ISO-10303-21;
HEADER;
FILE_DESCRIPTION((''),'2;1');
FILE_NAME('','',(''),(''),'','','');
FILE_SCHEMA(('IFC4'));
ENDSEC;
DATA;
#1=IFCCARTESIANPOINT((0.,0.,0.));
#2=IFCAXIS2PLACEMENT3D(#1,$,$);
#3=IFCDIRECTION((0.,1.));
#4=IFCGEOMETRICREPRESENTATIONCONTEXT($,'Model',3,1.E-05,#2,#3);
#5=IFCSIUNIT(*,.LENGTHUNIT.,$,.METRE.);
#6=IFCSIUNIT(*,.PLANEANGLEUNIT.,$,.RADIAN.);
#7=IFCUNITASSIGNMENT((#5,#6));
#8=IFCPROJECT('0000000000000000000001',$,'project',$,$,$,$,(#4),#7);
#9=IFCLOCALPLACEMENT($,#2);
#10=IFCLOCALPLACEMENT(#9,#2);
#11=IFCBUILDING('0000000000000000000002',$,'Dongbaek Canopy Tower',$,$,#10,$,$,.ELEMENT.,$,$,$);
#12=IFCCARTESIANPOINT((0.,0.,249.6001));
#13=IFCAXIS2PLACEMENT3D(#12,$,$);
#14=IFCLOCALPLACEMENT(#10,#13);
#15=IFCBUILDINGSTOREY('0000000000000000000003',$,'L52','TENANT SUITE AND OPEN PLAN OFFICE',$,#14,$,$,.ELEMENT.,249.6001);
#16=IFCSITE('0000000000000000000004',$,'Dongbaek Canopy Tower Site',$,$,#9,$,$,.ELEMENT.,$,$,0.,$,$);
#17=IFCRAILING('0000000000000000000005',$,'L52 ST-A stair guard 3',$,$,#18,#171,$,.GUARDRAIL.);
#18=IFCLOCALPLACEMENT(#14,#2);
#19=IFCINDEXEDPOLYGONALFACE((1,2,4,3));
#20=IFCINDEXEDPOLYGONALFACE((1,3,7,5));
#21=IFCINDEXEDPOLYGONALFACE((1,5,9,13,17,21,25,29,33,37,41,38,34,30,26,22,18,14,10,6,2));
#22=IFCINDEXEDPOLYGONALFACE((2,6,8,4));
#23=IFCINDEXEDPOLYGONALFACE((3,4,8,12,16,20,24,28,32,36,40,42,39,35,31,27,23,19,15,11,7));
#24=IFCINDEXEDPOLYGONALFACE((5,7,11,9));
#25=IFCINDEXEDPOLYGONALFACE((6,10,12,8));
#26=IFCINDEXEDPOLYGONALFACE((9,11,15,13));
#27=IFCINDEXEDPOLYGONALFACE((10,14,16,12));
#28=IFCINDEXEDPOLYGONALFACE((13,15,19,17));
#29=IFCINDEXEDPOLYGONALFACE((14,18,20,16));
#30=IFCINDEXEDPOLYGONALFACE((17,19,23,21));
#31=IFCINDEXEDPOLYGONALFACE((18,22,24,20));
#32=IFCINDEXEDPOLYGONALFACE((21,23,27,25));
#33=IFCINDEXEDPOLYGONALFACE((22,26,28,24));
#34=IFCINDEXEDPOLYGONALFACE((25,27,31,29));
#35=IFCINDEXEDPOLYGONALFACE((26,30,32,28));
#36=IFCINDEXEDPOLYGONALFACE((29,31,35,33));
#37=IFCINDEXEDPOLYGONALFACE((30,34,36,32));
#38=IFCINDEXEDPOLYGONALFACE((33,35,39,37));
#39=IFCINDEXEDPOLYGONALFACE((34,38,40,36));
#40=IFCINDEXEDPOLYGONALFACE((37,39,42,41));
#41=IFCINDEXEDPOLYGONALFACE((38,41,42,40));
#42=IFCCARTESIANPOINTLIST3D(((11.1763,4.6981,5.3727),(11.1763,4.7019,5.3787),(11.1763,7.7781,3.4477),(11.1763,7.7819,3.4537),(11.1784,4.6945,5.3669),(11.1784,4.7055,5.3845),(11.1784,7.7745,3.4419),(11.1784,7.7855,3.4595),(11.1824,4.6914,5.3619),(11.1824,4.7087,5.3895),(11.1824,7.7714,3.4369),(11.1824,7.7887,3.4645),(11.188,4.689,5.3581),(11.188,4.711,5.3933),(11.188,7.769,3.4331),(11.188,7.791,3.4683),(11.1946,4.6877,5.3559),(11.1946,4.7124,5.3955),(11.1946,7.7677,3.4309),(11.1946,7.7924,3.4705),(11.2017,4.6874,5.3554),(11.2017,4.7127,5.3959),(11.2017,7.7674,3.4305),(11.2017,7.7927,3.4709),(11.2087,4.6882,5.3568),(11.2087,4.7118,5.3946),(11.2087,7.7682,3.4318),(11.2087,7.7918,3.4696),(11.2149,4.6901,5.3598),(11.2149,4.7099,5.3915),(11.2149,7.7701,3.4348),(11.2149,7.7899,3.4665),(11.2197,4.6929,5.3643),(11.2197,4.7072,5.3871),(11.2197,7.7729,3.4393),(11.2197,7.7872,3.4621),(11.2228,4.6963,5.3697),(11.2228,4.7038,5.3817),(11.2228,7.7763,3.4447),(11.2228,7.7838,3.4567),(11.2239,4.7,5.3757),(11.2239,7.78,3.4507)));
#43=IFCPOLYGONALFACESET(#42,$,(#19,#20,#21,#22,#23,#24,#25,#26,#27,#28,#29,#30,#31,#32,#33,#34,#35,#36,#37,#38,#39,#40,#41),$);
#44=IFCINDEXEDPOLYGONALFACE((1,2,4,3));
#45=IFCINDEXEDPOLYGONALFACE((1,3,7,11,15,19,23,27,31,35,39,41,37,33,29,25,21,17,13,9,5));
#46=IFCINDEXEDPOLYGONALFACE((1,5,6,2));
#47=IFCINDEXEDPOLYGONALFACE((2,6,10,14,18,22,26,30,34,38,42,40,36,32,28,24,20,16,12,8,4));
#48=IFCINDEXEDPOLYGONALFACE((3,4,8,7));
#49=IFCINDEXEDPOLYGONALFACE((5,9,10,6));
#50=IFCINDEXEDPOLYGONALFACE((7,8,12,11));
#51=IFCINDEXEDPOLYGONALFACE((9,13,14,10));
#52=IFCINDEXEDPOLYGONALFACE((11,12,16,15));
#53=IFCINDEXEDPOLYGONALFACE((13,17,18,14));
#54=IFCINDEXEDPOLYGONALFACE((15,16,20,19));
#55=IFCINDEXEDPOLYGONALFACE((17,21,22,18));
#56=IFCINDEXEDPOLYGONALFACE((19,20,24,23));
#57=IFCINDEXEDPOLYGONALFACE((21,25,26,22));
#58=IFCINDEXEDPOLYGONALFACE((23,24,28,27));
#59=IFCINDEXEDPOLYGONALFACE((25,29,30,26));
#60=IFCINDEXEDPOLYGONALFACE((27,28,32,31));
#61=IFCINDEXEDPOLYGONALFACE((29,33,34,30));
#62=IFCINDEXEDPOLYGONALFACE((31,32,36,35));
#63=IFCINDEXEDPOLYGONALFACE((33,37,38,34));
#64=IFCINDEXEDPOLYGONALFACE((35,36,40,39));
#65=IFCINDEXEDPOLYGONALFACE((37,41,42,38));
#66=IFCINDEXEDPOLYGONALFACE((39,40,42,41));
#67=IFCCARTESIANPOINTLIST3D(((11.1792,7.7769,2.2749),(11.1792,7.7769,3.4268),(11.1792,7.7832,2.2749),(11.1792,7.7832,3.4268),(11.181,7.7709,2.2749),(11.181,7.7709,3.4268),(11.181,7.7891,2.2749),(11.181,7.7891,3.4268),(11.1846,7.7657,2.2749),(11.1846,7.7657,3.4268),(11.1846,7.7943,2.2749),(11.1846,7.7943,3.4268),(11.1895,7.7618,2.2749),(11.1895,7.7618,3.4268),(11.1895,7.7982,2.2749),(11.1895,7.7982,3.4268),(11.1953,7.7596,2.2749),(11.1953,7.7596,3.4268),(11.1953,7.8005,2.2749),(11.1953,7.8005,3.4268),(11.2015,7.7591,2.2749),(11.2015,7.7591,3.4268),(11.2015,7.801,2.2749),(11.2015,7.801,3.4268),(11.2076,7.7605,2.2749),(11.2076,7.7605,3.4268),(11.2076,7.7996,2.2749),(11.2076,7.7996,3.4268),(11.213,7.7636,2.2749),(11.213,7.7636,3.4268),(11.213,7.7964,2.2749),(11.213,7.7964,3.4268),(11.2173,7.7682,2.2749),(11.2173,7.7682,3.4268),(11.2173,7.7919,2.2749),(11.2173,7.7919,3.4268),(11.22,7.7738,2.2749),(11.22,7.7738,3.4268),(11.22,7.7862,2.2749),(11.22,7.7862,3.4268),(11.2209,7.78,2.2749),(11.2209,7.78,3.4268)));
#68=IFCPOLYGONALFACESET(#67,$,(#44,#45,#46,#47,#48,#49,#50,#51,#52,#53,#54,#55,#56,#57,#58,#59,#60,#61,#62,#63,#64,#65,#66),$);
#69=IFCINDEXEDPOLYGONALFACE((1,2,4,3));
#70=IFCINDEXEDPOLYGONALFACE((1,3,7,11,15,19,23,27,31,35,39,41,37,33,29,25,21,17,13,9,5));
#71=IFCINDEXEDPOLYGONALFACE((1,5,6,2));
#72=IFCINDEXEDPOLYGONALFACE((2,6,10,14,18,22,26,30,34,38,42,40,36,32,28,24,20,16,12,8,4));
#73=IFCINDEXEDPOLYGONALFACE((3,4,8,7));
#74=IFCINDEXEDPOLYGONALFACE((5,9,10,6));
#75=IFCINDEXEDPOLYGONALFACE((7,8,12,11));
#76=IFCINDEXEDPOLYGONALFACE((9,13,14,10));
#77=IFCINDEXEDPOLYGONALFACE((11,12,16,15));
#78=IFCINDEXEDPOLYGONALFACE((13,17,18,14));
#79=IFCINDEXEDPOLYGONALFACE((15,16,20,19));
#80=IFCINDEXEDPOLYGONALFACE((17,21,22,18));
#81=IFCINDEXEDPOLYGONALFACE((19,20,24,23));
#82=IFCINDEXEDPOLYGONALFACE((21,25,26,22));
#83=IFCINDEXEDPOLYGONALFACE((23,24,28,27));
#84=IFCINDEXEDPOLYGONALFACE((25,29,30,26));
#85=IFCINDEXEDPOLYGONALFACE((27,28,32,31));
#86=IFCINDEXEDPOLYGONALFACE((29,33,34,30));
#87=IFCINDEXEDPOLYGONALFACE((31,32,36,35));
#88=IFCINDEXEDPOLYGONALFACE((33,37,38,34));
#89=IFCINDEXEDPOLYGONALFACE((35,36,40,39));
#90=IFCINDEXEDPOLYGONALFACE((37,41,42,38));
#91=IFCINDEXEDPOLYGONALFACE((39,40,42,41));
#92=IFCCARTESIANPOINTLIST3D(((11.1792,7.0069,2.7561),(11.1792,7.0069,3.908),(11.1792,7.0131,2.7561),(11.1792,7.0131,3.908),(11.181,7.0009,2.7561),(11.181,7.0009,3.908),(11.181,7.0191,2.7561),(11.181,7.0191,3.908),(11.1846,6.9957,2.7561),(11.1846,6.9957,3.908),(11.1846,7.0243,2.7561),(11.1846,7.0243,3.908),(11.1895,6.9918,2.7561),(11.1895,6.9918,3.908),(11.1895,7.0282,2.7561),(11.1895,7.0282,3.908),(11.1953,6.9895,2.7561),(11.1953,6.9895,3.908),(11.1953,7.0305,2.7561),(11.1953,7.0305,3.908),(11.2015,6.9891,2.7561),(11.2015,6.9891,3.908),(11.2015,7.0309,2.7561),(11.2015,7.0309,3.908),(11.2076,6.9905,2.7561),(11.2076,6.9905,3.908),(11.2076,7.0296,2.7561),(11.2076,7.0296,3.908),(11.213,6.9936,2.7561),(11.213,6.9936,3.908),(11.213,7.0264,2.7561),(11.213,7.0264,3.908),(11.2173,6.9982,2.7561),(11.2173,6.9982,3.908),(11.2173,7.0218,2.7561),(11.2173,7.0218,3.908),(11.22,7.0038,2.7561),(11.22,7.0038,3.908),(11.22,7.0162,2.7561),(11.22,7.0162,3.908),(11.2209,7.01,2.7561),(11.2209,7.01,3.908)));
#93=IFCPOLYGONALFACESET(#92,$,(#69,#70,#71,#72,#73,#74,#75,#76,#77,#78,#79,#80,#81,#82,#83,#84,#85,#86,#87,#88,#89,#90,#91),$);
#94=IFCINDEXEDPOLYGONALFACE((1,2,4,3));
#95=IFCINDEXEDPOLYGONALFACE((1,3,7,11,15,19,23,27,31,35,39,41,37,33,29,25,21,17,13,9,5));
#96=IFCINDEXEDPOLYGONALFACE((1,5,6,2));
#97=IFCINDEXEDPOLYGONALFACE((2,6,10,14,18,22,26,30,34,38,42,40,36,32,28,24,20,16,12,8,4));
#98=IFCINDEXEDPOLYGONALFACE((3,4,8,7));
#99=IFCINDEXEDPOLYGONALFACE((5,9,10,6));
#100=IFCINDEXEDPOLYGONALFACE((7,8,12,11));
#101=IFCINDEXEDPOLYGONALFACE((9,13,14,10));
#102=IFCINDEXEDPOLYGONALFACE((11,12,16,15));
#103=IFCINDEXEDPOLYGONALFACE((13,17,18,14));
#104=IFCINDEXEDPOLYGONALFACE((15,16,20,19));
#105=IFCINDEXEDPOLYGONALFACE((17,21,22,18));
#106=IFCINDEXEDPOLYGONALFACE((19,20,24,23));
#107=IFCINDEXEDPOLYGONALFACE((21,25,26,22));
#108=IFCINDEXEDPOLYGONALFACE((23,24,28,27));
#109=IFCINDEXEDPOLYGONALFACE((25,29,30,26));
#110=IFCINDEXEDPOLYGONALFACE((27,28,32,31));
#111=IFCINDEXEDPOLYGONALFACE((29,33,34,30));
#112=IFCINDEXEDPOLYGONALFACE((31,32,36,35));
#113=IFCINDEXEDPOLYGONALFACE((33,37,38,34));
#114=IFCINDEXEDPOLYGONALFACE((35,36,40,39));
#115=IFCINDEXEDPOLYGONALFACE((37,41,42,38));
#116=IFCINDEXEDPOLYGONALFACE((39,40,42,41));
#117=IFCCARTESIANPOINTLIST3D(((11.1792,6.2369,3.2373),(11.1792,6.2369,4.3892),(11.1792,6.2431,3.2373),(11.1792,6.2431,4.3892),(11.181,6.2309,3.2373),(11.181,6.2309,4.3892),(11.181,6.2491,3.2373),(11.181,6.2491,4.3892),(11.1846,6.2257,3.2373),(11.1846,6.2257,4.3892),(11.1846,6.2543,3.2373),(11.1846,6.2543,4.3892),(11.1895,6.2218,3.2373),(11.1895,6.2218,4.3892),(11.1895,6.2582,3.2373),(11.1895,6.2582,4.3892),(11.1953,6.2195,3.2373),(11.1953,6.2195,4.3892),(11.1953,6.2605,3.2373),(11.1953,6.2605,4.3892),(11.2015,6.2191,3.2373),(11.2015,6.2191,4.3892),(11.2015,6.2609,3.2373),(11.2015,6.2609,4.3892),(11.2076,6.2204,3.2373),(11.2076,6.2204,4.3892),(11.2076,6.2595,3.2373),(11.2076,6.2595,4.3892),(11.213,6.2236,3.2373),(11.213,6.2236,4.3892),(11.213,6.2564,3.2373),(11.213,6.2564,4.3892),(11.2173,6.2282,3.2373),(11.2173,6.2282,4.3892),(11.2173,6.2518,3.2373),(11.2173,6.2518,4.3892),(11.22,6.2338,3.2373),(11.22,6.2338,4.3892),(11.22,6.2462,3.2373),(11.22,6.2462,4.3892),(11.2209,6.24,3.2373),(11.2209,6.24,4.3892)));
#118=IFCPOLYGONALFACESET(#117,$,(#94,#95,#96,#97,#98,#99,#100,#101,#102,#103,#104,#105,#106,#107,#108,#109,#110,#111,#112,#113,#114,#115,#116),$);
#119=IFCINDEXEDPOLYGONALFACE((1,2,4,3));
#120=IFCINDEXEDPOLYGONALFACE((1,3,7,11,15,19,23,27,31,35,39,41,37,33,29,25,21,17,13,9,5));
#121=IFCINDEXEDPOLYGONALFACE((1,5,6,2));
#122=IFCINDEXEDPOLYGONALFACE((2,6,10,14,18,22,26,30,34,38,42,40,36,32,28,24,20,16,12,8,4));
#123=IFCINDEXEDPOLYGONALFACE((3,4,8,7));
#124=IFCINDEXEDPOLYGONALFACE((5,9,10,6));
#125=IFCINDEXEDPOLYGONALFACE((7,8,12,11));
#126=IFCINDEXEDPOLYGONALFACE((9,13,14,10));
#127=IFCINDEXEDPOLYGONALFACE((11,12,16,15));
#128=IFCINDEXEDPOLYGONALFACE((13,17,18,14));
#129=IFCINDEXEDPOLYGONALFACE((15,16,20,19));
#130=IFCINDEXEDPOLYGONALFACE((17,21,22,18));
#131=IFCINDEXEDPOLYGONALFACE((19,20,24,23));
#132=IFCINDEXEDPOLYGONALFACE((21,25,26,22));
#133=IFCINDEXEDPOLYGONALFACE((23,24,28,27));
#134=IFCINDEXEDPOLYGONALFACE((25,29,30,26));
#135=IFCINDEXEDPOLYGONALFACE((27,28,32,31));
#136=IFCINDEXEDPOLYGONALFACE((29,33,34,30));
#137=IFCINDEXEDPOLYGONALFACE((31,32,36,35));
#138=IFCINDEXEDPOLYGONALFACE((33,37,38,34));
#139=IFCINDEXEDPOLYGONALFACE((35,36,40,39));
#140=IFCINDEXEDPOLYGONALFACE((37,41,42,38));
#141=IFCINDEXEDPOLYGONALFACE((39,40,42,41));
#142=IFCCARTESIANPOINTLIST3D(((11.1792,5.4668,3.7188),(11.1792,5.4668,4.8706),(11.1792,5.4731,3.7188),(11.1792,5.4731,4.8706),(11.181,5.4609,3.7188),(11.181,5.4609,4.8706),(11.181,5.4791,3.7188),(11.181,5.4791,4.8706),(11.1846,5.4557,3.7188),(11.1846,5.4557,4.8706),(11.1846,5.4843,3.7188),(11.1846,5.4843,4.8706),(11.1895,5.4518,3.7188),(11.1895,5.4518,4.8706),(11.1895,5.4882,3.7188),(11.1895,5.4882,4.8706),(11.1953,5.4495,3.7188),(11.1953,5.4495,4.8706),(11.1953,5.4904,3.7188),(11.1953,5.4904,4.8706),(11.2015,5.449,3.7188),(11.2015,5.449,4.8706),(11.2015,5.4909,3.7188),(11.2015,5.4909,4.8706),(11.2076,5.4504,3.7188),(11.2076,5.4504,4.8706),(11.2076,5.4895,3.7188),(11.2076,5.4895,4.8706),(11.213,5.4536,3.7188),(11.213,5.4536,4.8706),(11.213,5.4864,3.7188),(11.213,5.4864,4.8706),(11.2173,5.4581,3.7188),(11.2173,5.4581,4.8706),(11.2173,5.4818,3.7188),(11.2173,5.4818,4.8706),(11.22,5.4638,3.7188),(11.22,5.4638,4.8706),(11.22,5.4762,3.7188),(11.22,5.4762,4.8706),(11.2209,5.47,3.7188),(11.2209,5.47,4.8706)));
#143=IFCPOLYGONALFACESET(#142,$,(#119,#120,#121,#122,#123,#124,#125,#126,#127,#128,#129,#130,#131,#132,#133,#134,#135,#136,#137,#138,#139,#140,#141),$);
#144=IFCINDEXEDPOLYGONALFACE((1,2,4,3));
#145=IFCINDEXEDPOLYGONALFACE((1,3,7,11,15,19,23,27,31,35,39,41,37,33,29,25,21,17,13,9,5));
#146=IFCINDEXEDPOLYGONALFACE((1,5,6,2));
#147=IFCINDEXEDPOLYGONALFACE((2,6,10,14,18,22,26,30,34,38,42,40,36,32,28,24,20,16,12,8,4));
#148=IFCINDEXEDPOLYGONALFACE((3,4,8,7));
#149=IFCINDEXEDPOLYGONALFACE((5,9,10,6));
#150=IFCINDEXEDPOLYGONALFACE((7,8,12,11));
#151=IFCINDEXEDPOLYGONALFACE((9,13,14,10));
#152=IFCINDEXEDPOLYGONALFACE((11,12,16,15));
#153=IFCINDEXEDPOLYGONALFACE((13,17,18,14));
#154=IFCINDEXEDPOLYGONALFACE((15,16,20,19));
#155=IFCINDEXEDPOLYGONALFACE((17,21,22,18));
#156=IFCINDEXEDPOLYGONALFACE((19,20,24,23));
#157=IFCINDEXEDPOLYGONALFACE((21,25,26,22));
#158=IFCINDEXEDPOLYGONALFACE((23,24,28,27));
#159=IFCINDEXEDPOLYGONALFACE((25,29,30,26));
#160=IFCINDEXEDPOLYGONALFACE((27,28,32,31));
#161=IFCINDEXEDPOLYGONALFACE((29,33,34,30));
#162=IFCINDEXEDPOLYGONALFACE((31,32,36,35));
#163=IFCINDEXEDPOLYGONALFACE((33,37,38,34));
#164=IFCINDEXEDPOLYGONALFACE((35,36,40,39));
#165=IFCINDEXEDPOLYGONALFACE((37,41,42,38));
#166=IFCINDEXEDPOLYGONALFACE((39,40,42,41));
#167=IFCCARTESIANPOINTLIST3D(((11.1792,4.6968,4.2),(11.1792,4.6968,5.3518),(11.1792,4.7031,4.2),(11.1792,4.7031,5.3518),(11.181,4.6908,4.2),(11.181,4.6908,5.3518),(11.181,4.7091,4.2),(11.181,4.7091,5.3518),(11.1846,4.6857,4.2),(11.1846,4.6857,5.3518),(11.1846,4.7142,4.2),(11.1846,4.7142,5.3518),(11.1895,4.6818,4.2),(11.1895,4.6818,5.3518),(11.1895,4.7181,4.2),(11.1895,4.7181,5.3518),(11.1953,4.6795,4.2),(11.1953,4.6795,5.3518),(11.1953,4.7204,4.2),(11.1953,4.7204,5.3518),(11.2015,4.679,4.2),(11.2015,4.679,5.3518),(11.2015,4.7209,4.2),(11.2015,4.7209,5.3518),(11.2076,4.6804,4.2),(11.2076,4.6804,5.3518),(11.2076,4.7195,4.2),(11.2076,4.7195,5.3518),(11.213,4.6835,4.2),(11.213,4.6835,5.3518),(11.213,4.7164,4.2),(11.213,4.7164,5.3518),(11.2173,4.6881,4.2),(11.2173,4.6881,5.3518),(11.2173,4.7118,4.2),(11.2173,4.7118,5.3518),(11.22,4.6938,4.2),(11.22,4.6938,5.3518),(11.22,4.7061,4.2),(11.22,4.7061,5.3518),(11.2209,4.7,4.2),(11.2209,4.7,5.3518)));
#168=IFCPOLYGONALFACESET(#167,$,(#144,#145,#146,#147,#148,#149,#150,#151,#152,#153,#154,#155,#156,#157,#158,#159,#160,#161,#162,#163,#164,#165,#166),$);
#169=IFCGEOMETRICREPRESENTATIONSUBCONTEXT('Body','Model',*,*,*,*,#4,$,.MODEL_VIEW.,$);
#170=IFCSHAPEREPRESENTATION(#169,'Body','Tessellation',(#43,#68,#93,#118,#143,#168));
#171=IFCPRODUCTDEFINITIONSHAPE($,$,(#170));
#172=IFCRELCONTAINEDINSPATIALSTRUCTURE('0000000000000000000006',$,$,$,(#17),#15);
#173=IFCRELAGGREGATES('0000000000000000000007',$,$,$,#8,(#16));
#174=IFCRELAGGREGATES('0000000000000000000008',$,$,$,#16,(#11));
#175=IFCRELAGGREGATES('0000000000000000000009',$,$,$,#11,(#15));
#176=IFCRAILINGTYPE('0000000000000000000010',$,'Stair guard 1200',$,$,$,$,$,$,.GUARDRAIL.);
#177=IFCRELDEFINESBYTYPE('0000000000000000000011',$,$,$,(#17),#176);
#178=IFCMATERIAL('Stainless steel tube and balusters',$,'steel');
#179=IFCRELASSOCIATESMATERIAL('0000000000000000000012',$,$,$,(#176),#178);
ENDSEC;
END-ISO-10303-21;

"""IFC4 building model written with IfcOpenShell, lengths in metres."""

from ifc_helpers import new_model, si_unit, direction, frame, origin, origin_2d, place, context, subcontext, project, spatial, circle, extrude, material, type_object, element, save


model = new_model("IFC4")

# Units and contexts
model_context = context("Model", 3, precision=1e-05, world=origin(), true_north=direction((0.0, 1.0)))
body_context = subcontext(model_context, "Body", "Model", "MODEL_VIEW")
ifc_project = project(units=[si_unit("LENGTHUNIT", "METRE"), si_unit("PLANEANGLEUNIT", "RADIAN")], contexts=[model_context])

# Site, building, storey
site_placement = place(None, origin())
site = spatial("IfcSite", under=ifc_project, at=site_placement, Name="Dongbaek Canopy Tower Site", CompositionType="ELEMENT", RefElevation=0.0)
building_placement = place(site_placement, origin())
building = spatial("IfcBuilding", under=site, at=building_placement, Name="Dongbaek Canopy Tower", CompositionType="ELEMENT")
storey_placement = place(building_placement, frame((0.0, 0.0, 249.6001)))
storey = spatial("IfcBuildingStorey", under=building, at=storey_placement, Name="L52", Description="TENANT SUITE AND OPEN PLAN OFFICE", CompositionType="ELEMENT", Elevation=249.6001)

# Railing
ifc_material_1 = material(Name="Stainless steel tube and balusters", Category="steel")
railing_type_1 = type_object("IfcRailingType", Name="Stair guard 1200", PredefinedType="GUARDRAIL", material=ifc_material_1)
railing_1_placement = place(storey_placement, frame((11.2, 7.78, 2.2749)))
element("IfcRailing", 1, at=railing_1_placement, inside=storey, type_object=railing_type_1, Name="L52 ST-A stair guard 3", PredefinedType="GUARDRAIL", context=body_context, shape_type="SweptSolid", body=[
    extrude(circle(Radius=0.0239, at=origin_2d()), frame((0.0, 0.0, 1.1758), z_axis=(0.0, -0.847998, 0.529999), x_axis=(1.0, 0.0, 0.0)), (0.0, 0.0, 1.0), 3.6321),
    extrude(circle(Radius=0.021, at=origin_2d()), origin(), (0.0, 0.0, 1.0), 1.1519),
    extrude(circle(Radius=0.021, at=origin_2d()), frame((0.0, -0.77, 0.4812)), (0.0, 0.0, 1.0), 1.1519),
    extrude(circle(Radius=0.021, at=origin_2d()), frame((0.0, -1.54, 0.9624)), (0.0, 0.0, 1.0), 1.1519),
    extrude(circle(Radius=0.021, at=origin_2d()), frame((0.0, -2.3101, 1.4438)), (0.0, 0.0, 1.0), 1.1519),
    extrude(circle(Radius=0.021, at=origin_2d()), frame((0.0, -3.0801, 1.925)), (0.0, 0.0, 1.0), 1.1519),
])

save(model, "model.ifc")
